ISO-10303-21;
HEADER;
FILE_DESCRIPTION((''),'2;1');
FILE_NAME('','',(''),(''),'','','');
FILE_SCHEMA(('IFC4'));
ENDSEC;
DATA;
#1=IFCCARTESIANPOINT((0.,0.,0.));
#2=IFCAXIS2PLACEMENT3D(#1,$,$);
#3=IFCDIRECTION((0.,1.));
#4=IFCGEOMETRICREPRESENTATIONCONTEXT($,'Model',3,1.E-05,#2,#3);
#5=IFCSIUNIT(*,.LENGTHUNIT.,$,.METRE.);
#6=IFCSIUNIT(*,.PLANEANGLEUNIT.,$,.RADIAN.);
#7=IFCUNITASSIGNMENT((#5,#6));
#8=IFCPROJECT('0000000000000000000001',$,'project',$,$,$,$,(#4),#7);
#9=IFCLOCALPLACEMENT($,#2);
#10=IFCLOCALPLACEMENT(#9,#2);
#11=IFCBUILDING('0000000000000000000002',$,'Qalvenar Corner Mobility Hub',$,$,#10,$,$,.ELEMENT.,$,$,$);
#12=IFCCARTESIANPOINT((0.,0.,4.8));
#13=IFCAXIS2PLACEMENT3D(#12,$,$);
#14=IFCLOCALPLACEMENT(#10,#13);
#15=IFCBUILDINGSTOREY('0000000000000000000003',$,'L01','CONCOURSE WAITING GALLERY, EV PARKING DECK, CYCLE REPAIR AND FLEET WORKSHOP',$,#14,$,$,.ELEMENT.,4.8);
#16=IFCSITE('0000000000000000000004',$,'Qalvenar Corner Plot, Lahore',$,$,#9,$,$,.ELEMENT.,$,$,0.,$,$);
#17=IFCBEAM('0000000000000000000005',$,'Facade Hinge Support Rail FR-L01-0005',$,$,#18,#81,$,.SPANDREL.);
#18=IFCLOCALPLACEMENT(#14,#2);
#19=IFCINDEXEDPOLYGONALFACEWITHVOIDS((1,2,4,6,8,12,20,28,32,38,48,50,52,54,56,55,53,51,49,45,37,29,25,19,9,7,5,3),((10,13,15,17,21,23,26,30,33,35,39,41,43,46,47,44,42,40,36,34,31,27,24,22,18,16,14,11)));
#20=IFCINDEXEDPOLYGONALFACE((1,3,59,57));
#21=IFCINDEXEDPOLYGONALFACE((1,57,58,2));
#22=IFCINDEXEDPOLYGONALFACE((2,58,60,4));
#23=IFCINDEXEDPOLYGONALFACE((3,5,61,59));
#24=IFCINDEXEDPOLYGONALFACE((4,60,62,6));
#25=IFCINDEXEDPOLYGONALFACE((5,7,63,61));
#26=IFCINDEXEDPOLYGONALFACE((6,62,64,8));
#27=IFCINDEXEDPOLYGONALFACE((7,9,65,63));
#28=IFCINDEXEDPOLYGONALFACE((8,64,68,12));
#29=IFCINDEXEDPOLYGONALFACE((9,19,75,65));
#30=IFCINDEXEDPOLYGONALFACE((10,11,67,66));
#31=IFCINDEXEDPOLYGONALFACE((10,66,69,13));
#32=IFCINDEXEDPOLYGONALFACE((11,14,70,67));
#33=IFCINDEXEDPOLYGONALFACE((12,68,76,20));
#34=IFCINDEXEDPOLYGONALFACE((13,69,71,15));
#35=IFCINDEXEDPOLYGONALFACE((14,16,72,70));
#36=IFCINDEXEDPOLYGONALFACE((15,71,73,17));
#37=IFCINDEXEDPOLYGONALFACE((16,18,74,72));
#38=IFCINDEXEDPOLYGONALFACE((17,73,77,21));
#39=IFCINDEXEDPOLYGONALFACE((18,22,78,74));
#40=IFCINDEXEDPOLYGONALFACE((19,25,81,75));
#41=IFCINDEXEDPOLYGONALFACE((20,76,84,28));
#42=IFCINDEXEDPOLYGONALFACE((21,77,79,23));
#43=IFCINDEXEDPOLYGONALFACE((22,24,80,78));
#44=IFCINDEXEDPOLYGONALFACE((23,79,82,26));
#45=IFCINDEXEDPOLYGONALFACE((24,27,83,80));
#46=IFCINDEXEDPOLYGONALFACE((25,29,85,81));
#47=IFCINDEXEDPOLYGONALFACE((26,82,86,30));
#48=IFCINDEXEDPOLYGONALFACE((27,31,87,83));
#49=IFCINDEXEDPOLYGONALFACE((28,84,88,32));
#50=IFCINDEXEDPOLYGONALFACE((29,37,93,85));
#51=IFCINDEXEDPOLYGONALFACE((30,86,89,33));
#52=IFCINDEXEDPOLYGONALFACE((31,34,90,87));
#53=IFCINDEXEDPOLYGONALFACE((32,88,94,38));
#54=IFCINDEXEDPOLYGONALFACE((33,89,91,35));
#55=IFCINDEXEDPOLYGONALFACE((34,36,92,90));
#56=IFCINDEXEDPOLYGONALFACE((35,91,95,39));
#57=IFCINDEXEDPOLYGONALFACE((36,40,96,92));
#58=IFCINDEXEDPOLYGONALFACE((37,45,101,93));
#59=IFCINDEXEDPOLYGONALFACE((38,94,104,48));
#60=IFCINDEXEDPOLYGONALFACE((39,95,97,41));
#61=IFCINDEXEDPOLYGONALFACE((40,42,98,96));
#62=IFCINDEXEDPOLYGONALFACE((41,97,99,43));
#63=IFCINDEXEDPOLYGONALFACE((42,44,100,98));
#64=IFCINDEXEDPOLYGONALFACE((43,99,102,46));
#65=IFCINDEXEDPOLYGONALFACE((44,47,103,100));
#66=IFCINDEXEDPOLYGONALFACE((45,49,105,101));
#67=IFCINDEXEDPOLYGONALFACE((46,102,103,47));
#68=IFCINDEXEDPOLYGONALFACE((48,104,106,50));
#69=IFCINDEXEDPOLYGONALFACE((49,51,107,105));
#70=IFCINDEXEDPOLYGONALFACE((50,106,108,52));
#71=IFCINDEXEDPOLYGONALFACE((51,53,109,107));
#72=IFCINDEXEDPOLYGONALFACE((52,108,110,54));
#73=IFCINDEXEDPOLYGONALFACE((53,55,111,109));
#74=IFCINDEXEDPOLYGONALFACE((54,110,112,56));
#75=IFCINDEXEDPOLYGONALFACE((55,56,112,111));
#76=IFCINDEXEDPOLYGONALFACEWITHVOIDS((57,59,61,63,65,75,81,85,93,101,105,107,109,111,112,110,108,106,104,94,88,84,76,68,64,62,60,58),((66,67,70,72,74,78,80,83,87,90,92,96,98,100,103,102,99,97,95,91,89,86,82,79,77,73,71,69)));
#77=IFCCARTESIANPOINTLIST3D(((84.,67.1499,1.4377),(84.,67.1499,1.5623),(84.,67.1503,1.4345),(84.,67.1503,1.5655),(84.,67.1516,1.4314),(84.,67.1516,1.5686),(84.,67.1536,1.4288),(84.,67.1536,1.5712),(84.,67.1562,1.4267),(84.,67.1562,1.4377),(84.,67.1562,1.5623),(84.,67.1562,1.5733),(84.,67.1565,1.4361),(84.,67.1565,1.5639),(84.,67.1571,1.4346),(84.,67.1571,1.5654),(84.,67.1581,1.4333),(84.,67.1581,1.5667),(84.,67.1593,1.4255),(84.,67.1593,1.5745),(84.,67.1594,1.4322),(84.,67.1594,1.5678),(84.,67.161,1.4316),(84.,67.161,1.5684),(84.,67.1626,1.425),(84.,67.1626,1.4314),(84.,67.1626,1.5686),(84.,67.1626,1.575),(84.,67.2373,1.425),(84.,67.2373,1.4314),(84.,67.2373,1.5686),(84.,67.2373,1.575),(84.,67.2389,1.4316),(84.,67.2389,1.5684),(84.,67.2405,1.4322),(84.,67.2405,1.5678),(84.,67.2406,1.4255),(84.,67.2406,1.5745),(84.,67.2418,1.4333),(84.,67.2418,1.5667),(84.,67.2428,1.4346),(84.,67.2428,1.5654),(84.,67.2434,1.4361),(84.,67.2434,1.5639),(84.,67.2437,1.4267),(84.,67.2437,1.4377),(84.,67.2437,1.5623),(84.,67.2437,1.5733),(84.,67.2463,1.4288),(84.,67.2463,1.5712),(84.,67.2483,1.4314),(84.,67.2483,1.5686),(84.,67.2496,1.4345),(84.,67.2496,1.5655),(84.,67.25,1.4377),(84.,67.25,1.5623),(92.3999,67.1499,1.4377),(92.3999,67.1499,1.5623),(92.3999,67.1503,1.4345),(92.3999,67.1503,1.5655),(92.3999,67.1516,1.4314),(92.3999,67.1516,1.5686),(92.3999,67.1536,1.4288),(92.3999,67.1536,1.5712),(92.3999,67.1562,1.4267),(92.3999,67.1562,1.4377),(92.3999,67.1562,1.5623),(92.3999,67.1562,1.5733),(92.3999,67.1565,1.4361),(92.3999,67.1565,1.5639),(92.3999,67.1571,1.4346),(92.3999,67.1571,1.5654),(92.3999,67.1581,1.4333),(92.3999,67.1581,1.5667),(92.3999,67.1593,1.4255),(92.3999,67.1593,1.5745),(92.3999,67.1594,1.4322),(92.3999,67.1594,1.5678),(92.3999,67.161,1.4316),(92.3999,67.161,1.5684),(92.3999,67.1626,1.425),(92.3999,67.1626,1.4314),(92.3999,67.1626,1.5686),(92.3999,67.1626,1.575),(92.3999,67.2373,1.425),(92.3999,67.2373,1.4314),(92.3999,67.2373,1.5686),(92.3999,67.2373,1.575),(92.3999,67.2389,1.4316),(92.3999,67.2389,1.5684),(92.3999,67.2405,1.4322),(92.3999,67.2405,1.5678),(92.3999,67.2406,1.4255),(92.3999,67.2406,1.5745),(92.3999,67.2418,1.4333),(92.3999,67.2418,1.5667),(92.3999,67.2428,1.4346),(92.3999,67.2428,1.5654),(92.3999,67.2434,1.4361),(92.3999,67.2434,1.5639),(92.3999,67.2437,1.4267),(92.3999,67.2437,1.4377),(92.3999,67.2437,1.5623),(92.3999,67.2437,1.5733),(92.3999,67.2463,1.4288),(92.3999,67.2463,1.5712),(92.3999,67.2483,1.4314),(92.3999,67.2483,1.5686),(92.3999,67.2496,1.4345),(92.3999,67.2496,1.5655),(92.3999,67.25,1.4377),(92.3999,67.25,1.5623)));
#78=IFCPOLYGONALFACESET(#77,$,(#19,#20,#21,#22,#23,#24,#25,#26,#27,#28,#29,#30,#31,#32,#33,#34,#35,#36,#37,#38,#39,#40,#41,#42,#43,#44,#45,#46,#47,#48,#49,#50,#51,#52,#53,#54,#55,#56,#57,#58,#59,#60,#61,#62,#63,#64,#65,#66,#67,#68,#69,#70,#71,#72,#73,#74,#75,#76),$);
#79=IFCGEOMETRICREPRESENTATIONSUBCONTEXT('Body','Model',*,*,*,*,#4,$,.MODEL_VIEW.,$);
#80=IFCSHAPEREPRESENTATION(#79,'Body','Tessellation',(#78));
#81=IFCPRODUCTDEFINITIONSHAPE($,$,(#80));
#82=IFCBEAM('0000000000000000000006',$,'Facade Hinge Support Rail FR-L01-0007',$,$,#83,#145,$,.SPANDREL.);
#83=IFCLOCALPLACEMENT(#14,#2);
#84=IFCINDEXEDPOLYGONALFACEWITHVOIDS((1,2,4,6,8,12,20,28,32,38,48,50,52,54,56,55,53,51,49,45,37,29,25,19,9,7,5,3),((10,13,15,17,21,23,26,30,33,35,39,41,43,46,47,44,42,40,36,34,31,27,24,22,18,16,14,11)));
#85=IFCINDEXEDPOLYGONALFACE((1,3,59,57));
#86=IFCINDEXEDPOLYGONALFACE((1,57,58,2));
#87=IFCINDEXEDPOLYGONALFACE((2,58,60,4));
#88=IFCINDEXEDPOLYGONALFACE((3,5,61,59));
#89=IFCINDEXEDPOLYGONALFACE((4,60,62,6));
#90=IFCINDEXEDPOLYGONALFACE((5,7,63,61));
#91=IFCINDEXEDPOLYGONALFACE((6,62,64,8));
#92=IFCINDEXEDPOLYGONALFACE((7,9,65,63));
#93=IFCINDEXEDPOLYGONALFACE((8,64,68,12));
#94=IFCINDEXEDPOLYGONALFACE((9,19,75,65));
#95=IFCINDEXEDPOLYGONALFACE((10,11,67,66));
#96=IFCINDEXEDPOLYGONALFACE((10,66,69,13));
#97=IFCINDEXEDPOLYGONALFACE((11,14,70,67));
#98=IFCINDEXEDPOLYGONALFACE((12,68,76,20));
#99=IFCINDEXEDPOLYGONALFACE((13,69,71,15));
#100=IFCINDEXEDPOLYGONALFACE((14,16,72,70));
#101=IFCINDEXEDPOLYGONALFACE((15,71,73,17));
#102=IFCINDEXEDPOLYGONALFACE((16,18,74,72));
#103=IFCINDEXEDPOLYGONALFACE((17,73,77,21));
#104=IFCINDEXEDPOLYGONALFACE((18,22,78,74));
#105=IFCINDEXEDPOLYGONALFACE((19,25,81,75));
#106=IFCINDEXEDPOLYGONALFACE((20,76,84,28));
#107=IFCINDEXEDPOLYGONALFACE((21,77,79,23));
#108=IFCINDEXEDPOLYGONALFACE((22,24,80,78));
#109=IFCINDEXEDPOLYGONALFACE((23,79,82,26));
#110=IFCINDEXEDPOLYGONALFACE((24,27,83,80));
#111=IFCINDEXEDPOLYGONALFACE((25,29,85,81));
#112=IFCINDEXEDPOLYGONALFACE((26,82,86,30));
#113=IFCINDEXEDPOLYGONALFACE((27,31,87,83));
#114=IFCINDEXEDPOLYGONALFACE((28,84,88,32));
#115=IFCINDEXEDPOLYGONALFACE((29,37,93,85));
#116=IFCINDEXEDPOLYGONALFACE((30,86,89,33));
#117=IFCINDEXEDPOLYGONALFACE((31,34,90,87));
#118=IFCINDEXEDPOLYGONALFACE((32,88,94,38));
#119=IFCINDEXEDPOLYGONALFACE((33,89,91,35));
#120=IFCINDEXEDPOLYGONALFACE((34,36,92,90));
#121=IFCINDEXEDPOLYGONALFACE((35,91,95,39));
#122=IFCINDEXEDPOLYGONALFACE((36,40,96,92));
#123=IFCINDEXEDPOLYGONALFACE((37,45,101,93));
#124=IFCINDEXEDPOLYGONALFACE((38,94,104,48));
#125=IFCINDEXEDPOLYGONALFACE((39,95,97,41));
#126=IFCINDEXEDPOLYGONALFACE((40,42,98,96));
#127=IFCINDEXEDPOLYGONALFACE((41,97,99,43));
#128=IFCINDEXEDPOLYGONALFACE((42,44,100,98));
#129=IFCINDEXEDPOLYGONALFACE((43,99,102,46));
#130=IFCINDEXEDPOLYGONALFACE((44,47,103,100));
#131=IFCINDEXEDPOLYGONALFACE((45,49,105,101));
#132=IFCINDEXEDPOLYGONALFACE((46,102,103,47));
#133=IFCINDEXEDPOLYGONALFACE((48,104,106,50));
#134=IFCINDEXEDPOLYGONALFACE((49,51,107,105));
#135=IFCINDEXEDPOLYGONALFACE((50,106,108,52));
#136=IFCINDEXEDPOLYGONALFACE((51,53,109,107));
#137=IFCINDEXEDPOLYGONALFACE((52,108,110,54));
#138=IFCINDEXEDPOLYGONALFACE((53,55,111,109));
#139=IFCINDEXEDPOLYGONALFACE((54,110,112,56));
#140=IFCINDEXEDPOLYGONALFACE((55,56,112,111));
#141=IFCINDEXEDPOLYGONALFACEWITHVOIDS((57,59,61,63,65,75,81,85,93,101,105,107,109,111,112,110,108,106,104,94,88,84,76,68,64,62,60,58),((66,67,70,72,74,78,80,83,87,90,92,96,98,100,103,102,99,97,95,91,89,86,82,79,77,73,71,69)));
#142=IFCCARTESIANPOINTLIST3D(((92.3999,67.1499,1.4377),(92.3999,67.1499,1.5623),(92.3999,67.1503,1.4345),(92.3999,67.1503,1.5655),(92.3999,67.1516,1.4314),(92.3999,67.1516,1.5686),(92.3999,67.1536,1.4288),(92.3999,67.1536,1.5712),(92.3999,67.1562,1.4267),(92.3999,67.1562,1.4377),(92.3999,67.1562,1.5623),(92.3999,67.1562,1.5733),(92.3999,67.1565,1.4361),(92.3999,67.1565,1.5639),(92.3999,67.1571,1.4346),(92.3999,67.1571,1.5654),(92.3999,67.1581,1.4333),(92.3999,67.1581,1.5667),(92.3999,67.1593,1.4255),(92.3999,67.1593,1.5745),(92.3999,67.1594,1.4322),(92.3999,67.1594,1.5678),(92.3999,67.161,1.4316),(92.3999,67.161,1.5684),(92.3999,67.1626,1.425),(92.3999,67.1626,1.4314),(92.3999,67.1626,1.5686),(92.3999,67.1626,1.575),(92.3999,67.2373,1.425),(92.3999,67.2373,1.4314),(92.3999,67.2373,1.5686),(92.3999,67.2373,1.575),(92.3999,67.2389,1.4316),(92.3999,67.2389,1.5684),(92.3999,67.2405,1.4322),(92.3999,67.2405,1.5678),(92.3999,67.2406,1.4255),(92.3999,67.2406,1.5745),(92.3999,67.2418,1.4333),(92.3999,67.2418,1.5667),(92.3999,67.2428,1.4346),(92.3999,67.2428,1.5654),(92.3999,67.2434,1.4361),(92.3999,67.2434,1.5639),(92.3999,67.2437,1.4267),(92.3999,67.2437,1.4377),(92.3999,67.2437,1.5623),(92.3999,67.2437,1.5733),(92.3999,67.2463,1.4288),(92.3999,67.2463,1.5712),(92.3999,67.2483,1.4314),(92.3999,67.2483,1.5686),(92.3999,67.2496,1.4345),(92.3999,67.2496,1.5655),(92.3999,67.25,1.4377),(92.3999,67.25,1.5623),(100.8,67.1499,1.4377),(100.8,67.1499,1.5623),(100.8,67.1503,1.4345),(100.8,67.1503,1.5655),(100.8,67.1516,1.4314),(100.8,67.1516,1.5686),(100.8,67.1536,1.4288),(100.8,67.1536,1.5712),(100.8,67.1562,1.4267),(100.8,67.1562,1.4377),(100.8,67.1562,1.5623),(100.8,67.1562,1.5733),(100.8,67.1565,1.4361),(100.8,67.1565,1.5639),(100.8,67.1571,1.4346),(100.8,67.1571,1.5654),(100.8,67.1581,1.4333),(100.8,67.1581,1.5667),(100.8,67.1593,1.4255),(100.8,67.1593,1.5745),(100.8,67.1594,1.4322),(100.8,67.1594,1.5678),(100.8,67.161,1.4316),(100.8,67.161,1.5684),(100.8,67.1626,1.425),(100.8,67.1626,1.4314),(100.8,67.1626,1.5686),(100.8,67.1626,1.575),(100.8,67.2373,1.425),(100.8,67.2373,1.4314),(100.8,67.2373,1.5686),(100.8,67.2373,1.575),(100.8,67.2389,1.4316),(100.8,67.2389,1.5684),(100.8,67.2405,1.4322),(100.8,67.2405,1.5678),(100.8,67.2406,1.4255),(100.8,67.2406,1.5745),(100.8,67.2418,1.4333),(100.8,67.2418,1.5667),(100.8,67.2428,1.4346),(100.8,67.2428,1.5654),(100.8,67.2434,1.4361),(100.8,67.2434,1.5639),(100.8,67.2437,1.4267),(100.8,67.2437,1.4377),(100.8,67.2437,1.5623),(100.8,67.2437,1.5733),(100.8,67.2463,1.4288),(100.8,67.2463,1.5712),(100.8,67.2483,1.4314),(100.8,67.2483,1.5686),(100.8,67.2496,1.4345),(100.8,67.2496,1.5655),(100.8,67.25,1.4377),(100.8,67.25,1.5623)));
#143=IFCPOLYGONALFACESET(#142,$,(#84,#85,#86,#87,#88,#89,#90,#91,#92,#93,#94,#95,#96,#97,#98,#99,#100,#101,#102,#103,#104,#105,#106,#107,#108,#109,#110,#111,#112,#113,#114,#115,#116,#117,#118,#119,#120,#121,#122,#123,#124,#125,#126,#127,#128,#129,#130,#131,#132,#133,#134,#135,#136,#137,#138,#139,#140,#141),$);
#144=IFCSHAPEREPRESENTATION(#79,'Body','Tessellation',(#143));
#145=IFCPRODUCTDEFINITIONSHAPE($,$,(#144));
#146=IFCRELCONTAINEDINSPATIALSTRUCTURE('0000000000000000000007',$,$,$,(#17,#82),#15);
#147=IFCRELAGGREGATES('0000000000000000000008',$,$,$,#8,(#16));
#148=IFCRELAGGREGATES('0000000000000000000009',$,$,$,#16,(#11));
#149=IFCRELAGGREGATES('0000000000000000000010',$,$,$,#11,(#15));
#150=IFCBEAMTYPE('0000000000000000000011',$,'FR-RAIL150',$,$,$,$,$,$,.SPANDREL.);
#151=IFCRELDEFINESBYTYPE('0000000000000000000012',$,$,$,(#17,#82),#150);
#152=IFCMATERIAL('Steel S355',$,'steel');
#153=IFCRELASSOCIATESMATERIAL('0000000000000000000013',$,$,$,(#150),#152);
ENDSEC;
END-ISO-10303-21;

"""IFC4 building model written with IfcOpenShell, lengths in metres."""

from ifc_helpers import new_model, si_unit, direction, frame, origin, origin_2d, place, context, subcontext, project, spatial, hollow_rectangle, extrude, material, material_profile, profile_set, type_object, element, save


model = new_model("IFC4")

# Units and contexts
model_context = context("Model", 3, precision=1e-05, world=origin(), true_north=direction((0.0, 1.0)))
body_context = subcontext(model_context, "Body", "Model", "MODEL_VIEW")
ifc_project = project(units=[si_unit("LENGTHUNIT", "METRE"), si_unit("PLANEANGLEUNIT", "RADIAN")], contexts=[model_context])

# Site, building, storey
site_placement = place(None, origin())
site = spatial("IfcSite", under=ifc_project, at=site_placement, Name="Qalvenar Corner Plot, Lahore", CompositionType="ELEMENT", RefElevation=0.0)
building_placement = place(site_placement, origin())
building = spatial("IfcBuilding", under=site, at=building_placement, Name="Qalvenar Corner Mobility Hub", CompositionType="ELEMENT")
storey_placement = place(building_placement, frame((0.0, 0.0, 4.8)))
storey = spatial("IfcBuildingStorey", under=building, at=storey_placement, Name="L01", Description="CONCOURSE WAITING GALLERY, EV PARKING DECK, CYCLE REPAIR AND FLEET WORKSHOP", CompositionType="ELEMENT", Elevation=4.8)

# Shared definitions
ifc_material = material(Name="Steel S355", Category="steel")

# Beams
ifc_material_profile_1 = material_profile(ifc_material, hollow_rectangle(XDim=0.1001, YDim=0.1499, WallThickness=0.0063, InnerFilletRadius=0.0063, OuterFilletRadius=0.0127, at=origin_2d()), Name="RHS150x100x6.3")
ifc_profile_set_1 = profile_set([ifc_material_profile_1], Name="Steel S355")
beam_type_1 = type_object("IfcBeamType", Name="FR-RAIL150", PredefinedType="SPANDREL", material=ifc_profile_set_1)
beam_1_placement = place(storey_placement, frame((84.0, 67.2, 1.5), z_axis=(1.0, 0.0, 0.0), x_axis=(0.0, 1.0, 0.0)))
element("IfcBeam", 1, at=beam_1_placement, inside=storey, type_object=beam_type_1, Name="Facade Hinge Support Rail FR-L01-0005", PredefinedType="SPANDREL", context=body_context, shape_type="SweptSolid", body=[
    extrude(hollow_rectangle(XDim=0.1001, YDim=0.1499, WallThickness=0.0063, InnerFilletRadius=0.0063, OuterFilletRadius=0.0127, at=origin_2d()), origin(), (0.0, 0.0, 1.0), 8.3999),
])
beam_2_placement = place(storey_placement, frame((92.3999, 67.2, 1.5), z_axis=(1.0, 0.0, 0.0), x_axis=(0.0, 1.0, 0.0)))
element("IfcBeam", 2, at=beam_2_placement, inside=storey, type_object=beam_type_1, Name="Facade Hinge Support Rail FR-L01-0007", PredefinedType="SPANDREL", context=body_context, shape_type="SweptSolid", body=[
    extrude(hollow_rectangle(XDim=0.1001, YDim=0.1499, WallThickness=0.0063, InnerFilletRadius=0.0063, OuterFilletRadius=0.0127, at=origin_2d()), origin(), (0.0, 0.0, 1.0), 8.4001),
])

save(model, "model.ifc")
